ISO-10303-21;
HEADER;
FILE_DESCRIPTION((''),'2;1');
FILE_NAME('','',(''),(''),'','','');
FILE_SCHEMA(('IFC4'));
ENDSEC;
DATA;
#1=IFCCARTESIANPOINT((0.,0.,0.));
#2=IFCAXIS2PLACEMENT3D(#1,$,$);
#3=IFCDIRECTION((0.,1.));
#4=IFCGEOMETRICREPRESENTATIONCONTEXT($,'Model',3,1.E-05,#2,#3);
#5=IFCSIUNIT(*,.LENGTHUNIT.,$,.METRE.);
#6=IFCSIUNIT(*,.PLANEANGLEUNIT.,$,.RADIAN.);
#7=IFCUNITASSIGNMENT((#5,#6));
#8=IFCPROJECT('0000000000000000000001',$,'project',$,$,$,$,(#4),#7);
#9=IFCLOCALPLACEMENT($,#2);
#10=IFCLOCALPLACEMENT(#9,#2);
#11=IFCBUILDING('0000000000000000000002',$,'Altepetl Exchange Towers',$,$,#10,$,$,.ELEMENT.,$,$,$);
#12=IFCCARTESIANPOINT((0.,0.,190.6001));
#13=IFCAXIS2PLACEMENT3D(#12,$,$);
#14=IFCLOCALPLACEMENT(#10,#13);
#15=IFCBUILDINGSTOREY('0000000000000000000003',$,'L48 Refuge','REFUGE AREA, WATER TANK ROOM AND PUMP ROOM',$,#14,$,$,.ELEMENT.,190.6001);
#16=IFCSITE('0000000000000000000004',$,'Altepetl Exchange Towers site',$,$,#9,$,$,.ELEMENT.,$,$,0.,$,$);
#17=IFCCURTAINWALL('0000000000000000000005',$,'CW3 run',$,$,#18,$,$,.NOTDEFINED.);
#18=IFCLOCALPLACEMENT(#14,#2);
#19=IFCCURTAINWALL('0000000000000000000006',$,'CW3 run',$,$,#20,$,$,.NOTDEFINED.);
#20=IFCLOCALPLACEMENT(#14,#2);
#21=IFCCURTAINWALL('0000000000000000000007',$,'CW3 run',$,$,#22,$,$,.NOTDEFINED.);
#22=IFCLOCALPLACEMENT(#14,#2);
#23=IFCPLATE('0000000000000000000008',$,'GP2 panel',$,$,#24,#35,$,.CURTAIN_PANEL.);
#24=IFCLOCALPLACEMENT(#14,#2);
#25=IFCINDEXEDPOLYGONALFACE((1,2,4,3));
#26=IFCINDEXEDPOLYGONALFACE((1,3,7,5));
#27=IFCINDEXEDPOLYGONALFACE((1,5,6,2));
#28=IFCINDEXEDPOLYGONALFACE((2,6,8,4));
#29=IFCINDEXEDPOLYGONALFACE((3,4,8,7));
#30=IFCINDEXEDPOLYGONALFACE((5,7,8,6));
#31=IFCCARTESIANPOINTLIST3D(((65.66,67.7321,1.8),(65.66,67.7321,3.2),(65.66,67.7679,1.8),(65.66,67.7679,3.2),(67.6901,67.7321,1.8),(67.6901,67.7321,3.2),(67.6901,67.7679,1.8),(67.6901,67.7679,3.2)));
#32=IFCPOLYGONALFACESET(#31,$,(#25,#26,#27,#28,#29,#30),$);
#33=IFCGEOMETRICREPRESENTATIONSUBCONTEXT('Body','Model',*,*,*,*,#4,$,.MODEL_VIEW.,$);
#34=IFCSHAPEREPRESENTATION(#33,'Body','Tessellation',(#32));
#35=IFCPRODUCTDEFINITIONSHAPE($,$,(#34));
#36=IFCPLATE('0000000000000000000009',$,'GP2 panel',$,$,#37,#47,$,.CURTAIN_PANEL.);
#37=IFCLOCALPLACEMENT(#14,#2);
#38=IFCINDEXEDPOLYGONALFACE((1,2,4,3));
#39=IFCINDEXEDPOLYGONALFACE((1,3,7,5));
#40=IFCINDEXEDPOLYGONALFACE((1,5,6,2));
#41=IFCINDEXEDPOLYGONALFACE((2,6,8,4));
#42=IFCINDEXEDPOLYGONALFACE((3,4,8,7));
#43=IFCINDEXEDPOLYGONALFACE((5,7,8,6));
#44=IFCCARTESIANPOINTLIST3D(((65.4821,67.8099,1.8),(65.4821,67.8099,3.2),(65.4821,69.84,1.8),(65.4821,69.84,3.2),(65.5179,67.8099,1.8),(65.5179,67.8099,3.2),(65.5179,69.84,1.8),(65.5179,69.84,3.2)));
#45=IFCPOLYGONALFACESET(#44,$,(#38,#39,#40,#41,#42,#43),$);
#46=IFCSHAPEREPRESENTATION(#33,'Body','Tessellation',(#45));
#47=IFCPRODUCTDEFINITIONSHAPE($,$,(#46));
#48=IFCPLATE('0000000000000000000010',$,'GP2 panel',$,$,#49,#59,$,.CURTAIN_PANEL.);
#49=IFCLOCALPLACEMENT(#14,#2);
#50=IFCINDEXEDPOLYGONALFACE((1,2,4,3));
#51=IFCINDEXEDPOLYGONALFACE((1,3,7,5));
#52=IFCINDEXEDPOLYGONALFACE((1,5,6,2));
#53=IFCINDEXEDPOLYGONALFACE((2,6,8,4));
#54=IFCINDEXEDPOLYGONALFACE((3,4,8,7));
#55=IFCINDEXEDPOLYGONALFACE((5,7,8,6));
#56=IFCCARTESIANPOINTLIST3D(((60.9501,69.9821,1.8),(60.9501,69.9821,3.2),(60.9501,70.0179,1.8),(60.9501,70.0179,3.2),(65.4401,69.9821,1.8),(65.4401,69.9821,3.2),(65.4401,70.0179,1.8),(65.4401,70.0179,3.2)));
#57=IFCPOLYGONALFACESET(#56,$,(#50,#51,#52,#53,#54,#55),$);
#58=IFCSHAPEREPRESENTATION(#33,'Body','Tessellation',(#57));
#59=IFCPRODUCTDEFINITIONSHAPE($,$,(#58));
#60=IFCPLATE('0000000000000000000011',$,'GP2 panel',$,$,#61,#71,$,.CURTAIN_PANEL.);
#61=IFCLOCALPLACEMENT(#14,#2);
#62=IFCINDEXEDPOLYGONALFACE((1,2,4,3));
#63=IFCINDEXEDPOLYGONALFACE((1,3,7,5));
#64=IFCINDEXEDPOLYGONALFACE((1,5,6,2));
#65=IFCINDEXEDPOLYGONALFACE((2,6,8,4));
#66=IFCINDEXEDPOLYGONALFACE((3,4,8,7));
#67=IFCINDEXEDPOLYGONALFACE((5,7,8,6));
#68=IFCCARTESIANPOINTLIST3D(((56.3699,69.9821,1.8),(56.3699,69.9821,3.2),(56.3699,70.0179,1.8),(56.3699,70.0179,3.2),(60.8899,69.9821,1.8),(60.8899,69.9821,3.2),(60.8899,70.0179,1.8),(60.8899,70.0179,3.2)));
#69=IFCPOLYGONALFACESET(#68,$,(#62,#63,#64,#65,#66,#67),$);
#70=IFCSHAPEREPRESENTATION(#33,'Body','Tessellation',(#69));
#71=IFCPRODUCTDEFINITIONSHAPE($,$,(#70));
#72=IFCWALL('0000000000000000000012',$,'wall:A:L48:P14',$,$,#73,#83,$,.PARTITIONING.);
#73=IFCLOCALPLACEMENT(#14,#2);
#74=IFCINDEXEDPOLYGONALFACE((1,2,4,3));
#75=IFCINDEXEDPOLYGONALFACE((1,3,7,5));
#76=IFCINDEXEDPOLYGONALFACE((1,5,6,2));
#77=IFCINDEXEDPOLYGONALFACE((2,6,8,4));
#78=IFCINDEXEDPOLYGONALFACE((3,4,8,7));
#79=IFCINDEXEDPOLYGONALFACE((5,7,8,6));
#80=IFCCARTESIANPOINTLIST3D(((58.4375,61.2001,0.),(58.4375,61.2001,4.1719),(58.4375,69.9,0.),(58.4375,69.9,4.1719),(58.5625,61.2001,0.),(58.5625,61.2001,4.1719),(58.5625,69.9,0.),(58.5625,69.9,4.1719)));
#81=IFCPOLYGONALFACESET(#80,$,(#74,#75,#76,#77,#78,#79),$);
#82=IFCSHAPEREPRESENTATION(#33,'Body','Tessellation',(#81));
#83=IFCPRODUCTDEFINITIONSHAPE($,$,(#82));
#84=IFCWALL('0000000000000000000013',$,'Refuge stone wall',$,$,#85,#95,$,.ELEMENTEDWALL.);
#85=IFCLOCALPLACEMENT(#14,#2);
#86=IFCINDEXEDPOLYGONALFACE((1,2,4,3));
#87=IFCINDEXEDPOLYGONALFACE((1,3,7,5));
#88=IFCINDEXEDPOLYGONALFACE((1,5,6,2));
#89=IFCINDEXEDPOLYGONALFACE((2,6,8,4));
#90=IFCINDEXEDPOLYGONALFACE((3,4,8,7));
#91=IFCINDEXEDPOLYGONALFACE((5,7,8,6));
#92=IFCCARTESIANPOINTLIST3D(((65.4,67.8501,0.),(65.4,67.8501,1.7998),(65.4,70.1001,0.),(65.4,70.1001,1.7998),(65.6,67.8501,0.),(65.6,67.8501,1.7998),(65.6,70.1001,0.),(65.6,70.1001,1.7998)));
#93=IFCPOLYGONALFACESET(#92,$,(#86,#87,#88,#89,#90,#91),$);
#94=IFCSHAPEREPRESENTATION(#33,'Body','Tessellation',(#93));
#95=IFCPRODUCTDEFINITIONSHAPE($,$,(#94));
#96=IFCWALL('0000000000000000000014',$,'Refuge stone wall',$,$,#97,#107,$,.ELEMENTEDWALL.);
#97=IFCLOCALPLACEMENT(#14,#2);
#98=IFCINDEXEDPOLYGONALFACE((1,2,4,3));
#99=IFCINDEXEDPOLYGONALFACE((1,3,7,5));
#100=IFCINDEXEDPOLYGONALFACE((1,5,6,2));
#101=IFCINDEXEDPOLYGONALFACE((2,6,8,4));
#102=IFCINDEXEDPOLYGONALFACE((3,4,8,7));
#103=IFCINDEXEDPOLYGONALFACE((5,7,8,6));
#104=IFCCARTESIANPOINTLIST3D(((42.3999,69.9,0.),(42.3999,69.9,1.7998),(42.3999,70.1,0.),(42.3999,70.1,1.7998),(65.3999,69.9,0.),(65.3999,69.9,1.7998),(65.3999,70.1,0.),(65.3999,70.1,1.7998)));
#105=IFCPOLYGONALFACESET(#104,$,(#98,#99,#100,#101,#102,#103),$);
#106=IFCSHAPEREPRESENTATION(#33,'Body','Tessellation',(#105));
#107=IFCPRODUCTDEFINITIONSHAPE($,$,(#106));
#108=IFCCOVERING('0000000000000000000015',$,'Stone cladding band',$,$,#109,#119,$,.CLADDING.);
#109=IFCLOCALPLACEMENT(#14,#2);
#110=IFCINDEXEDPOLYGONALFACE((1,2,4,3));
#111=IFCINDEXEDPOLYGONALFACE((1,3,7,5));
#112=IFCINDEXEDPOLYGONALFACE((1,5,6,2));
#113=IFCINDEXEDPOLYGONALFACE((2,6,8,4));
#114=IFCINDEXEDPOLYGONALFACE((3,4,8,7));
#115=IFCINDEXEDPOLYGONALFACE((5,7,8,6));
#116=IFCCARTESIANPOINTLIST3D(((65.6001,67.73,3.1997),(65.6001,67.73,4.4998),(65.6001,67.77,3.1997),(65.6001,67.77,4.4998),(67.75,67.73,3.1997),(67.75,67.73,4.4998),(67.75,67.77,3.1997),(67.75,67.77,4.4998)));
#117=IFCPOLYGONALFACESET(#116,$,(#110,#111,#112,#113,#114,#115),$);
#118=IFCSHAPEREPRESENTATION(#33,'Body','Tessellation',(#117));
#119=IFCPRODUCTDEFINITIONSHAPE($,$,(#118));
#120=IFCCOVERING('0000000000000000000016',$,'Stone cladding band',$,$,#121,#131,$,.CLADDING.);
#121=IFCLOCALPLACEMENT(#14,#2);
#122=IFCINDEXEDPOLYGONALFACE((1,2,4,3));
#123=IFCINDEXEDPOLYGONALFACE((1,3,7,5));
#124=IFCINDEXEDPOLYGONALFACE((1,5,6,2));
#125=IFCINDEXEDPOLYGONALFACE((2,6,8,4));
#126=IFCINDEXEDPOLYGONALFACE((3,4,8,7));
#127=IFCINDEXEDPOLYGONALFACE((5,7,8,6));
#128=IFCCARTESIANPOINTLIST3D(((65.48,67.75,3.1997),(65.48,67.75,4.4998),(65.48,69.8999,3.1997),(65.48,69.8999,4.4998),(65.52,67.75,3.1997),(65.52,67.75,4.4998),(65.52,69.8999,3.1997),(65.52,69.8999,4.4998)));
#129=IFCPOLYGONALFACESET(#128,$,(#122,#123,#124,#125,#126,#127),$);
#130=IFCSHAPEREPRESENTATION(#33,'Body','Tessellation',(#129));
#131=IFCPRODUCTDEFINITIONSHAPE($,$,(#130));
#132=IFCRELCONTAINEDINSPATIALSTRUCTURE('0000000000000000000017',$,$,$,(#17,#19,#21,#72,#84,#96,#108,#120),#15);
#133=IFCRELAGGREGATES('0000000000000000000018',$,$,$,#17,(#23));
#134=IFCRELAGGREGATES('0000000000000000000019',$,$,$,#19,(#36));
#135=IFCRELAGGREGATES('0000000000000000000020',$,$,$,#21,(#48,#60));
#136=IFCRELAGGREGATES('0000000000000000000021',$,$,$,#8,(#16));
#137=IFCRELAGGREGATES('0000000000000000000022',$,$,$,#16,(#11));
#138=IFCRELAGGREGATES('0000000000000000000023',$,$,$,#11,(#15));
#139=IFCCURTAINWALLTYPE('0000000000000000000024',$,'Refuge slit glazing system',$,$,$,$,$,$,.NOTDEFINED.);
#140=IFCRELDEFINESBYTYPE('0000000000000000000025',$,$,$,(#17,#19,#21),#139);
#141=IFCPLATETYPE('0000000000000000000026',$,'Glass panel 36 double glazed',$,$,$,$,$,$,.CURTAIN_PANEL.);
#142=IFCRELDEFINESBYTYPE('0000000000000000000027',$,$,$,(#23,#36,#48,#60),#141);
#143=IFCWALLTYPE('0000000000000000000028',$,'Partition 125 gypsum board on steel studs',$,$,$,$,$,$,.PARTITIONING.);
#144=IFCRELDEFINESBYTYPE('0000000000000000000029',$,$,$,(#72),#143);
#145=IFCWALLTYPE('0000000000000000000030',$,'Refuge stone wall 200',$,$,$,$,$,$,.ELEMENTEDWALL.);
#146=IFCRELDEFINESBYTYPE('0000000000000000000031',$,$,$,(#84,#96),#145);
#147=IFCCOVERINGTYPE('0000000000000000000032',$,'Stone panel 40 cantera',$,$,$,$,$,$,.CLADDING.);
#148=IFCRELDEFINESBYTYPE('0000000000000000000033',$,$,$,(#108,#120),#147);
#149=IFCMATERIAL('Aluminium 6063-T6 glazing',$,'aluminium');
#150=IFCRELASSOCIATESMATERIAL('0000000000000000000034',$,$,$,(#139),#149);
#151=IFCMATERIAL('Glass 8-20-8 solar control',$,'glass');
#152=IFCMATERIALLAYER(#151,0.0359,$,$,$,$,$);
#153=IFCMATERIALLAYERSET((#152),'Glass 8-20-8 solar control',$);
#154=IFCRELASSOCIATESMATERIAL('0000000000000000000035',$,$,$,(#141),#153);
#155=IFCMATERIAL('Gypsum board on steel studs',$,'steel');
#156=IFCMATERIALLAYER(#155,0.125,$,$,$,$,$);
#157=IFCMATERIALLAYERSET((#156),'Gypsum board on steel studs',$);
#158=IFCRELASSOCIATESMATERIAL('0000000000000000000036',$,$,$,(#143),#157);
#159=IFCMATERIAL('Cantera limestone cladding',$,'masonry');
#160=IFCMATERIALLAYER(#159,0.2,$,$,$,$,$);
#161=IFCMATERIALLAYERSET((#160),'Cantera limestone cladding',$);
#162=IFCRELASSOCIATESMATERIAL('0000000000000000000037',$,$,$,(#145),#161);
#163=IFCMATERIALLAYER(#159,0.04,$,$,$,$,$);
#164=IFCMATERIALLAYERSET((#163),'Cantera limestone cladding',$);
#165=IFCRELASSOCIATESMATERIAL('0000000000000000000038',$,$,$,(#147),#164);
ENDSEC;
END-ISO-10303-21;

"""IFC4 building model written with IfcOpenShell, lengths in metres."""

from ifc_helpers import new_model, si_unit, direction, frame, frame_2d, origin, origin_2d, place, context, subcontext, project, spatial, rectangle, extrude, material, layer, layer_set, type_object, element, aggregate, save


model = new_model("IFC4")

# Units and contexts
model_context = context("Model", 3, precision=1e-05, world=origin(), true_north=direction((0.0, 1.0)))
body_context = subcontext(model_context, "Body", "Model", "MODEL_VIEW")
ifc_project = project(units=[si_unit("LENGTHUNIT", "METRE"), si_unit("PLANEANGLEUNIT", "RADIAN")], contexts=[model_context])

# Site, building, storey
site_placement = place(None, origin())
site = spatial("IfcSite", under=ifc_project, at=site_placement, Name="Altepetl Exchange Towers site", CompositionType="ELEMENT", RefElevation=0.0)
building_placement = place(site_placement, origin())
building = spatial("IfcBuilding", under=site, at=building_placement, Name="Altepetl Exchange Towers", CompositionType="ELEMENT")
storey_placement = place(building_placement, frame((0.0, 0.0, 190.6001)))
storey = spatial("IfcBuildingStorey", under=building, at=storey_placement, Name="L48 Refuge", Description="REFUGE AREA, WATER TANK ROOM AND PUMP ROOM", CompositionType="ELEMENT", Elevation=190.6001)

# Curtain wall
ifc_material_1 = material(Name="Aluminium 6063-T6 glazing", Category="aluminium")
curtain_wall_type = type_object("IfcCurtainWallType", Name="Refuge slit glazing system", PredefinedType="NOTDEFINED", material=ifc_material_1)
curtain_wall_1_placement = place(storey_placement, origin())
curtain_wall_1 = element("IfcCurtainWall", 1, at=curtain_wall_1_placement, inside=storey, type_object=curtain_wall_type, Name="CW3 run", PredefinedType="NOTDEFINED")

# Curtain walls
curtain_wall_2_placement = place(storey_placement, origin())
curtain_wall_2 = element("IfcCurtainWall", 2, at=curtain_wall_2_placement, inside=storey, type_object=curtain_wall_type, Name="CW3 run", PredefinedType="NOTDEFINED")
curtain_wall_3_placement = place(storey_placement, origin())
curtain_wall_3 = element("IfcCurtainWall", 3, at=curtain_wall_3_placement, inside=storey, type_object=curtain_wall_type, Name="CW3 run", PredefinedType="NOTDEFINED")

# Plates
ifc_material_2 = material(Name="Glass 8-20-8 solar control", Category="glass")
ifc_layer_1 = layer(ifc_material_2, 0.0359)
ifc_layer_set_1 = layer_set([ifc_layer_1], Name="Glass 8-20-8 solar control")
plate_type = type_object("IfcPlateType", Name="Glass panel 36 double glazed", PredefinedType="CURTAIN_PANEL", material=ifc_layer_set_1)
plate_1_placement = place(storey_placement, frame((66.675, 67.75, 1.8), z_axis=(0.0, 0.0, 1.0), x_axis=(-1.0, 0.0, 0.0)))
plate_1 = element("IfcPlate", 4, at=plate_1_placement, type_object=plate_type, Name="GP2 panel", PredefinedType="CURTAIN_PANEL", context=body_context, shape_type="SweptSolid", body=[
    extrude(rectangle(XDim=2.03, YDim=0.0359, at=origin_2d()), origin(), (0.0, 0.0, 1.0), 1.3999),
])
aggregate(curtain_wall_1, [plate_1])
plate_2_placement = place(storey_placement, frame((65.5, 68.825, 1.8), z_axis=(0.0, 0.0, 1.0), x_axis=(0.0, 1.0, 0.0)))
plate_2 = element("IfcPlate", 5, at=plate_2_placement, type_object=plate_type, Name="GP2 panel", PredefinedType="CURTAIN_PANEL", context=body_context, shape_type="SweptSolid", body=[
    extrude(rectangle(XDim=2.03, YDim=0.0359, at=origin_2d()), origin(), (0.0, 0.0, 1.0), 1.3999),
])
aggregate(curtain_wall_2, [plate_2])
plate_3_placement = place(storey_placement, frame((63.1951, 70.0, 1.8), z_axis=(0.0, 0.0, 1.0), x_axis=(-1.0, 0.0, 0.0)))
plate_3 = element("IfcPlate", 6, at=plate_3_placement, type_object=plate_type, Name="GP2 panel", PredefinedType="CURTAIN_PANEL", context=body_context, shape_type="SweptSolid", body=[
    extrude(rectangle(XDim=4.49, YDim=0.0359, at=origin_2d()), origin(), (0.0, 0.0, 1.0), 1.3999),
])
plate_4_placement = place(storey_placement, frame((58.6299, 70.0, 1.8), z_axis=(0.0, 0.0, 1.0), x_axis=(-1.0, 0.0, 0.0)))
plate_4 = element("IfcPlate", 7, at=plate_4_placement, type_object=plate_type, Name="GP2 panel", PredefinedType="CURTAIN_PANEL", context=body_context, shape_type="SweptSolid", body=[
    extrude(rectangle(XDim=4.52, YDim=0.0359, at=origin_2d()), origin(), (0.0, 0.0, 1.0), 1.3999),
])
aggregate(curtain_wall_3, [plate_3, plate_4])

# Walls
ifc_material_3 = material(Name="Gypsum board on steel studs", Category="steel")
ifc_layer_2 = layer(ifc_material_3, 0.125)
ifc_layer_set_2 = layer_set([ifc_layer_2], Name="Gypsum board on steel studs")
wall_type_1 = type_object("IfcWallType", Name="Partition 125 gypsum board on steel studs", PredefinedType="PARTITIONING", material=ifc_layer_set_2)
wall_1_placement = place(storey_placement, frame((58.5, 61.2, 0.0), z_axis=(0.0, 0.0, 1.0), x_axis=(0.0, 1.0, 0.0)))
element("IfcWall", 8, at=wall_1_placement, inside=storey, type_object=wall_type_1, Name="wall:A:L48:P14", PredefinedType="PARTITIONING", context=body_context, shape_type="SweptSolid", body=[
    extrude(rectangle(XDim=8.7, YDim=0.125, at=frame_2d((4.3501, 0.0))), origin(), (0.0, 0.0, 1.0), 4.1719),
])
ifc_material_4 = material(Name="Cantera limestone cladding", Category="masonry")
ifc_layer_3 = layer(ifc_material_4, 0.2)
ifc_layer_set_3 = layer_set([ifc_layer_3], Name="Cantera limestone cladding")
wall_type_2 = type_object("IfcWallType", Name="Refuge stone wall 200", PredefinedType="ELEMENTEDWALL", material=ifc_layer_set_3)
wall_2_placement = place(storey_placement, frame((65.5, 67.8501, 0.0), z_axis=(0.0, 0.0, 1.0), x_axis=(0.0, 1.0, 0.0)))
element("IfcWall", 9, at=wall_2_placement, inside=storey, type_object=wall_type_2, Name="Refuge stone wall", PredefinedType="ELEMENTEDWALL", context=body_context, shape_type="SweptSolid", body=[
    extrude(rectangle(XDim=2.25, YDim=0.2, at=frame_2d((1.125, 0.0))), origin(), (0.0, 0.0, 1.0), 1.7998),
])
wall_3_placement = place(storey_placement, frame((65.3999, 70.0, 0.0), z_axis=(0.0, 0.0, 1.0), x_axis=(-1.0, 0.0, 0.0)))
element("IfcWall", 10, at=wall_3_placement, inside=storey, type_object=wall_type_2, Name="Refuge stone wall", PredefinedType="ELEMENTEDWALL", context=body_context, shape_type="SweptSolid", body=[
    extrude(rectangle(XDim=23.0, YDim=0.2, at=frame_2d((11.5, 0.0))), origin(), (0.0, 0.0, 1.0), 1.7998),
])

# Coverings
ifc_layer_4 = layer(ifc_material_4, 0.04)
ifc_layer_set_4 = layer_set([ifc_layer_4], Name="Cantera limestone cladding")
covering_type = type_object("IfcCoveringType", Name="Stone panel 40 cantera", PredefinedType="CLADDING", material=ifc_layer_set_4)
for number, where, z_axis, x_axis, name in (
    (11, (66.675, 67.75, 3.1997), (0.0, 0.0, 1.0), (-1.0, 0.0, 0.0), "Stone cladding band"),
    (12, (65.5, 68.825, 3.1997), (0.0, 0.0, 1.0), (0.0, 1.0, 0.0), "Stone cladding band"),
):
    element("IfcCovering", number, at=place(storey_placement, frame(where, z_axis=z_axis, x_axis=x_axis)), inside=storey, type_object=covering_type, Name=name, PredefinedType="CLADDING", context=body_context, shape_type="SweptSolid", body=[
        extrude(rectangle(XDim=2.1499, YDim=0.04, at=origin_2d()), origin(), (0.0, 0.0, 1.0), 1.3),
    ])

save(model, "model.ifc")
